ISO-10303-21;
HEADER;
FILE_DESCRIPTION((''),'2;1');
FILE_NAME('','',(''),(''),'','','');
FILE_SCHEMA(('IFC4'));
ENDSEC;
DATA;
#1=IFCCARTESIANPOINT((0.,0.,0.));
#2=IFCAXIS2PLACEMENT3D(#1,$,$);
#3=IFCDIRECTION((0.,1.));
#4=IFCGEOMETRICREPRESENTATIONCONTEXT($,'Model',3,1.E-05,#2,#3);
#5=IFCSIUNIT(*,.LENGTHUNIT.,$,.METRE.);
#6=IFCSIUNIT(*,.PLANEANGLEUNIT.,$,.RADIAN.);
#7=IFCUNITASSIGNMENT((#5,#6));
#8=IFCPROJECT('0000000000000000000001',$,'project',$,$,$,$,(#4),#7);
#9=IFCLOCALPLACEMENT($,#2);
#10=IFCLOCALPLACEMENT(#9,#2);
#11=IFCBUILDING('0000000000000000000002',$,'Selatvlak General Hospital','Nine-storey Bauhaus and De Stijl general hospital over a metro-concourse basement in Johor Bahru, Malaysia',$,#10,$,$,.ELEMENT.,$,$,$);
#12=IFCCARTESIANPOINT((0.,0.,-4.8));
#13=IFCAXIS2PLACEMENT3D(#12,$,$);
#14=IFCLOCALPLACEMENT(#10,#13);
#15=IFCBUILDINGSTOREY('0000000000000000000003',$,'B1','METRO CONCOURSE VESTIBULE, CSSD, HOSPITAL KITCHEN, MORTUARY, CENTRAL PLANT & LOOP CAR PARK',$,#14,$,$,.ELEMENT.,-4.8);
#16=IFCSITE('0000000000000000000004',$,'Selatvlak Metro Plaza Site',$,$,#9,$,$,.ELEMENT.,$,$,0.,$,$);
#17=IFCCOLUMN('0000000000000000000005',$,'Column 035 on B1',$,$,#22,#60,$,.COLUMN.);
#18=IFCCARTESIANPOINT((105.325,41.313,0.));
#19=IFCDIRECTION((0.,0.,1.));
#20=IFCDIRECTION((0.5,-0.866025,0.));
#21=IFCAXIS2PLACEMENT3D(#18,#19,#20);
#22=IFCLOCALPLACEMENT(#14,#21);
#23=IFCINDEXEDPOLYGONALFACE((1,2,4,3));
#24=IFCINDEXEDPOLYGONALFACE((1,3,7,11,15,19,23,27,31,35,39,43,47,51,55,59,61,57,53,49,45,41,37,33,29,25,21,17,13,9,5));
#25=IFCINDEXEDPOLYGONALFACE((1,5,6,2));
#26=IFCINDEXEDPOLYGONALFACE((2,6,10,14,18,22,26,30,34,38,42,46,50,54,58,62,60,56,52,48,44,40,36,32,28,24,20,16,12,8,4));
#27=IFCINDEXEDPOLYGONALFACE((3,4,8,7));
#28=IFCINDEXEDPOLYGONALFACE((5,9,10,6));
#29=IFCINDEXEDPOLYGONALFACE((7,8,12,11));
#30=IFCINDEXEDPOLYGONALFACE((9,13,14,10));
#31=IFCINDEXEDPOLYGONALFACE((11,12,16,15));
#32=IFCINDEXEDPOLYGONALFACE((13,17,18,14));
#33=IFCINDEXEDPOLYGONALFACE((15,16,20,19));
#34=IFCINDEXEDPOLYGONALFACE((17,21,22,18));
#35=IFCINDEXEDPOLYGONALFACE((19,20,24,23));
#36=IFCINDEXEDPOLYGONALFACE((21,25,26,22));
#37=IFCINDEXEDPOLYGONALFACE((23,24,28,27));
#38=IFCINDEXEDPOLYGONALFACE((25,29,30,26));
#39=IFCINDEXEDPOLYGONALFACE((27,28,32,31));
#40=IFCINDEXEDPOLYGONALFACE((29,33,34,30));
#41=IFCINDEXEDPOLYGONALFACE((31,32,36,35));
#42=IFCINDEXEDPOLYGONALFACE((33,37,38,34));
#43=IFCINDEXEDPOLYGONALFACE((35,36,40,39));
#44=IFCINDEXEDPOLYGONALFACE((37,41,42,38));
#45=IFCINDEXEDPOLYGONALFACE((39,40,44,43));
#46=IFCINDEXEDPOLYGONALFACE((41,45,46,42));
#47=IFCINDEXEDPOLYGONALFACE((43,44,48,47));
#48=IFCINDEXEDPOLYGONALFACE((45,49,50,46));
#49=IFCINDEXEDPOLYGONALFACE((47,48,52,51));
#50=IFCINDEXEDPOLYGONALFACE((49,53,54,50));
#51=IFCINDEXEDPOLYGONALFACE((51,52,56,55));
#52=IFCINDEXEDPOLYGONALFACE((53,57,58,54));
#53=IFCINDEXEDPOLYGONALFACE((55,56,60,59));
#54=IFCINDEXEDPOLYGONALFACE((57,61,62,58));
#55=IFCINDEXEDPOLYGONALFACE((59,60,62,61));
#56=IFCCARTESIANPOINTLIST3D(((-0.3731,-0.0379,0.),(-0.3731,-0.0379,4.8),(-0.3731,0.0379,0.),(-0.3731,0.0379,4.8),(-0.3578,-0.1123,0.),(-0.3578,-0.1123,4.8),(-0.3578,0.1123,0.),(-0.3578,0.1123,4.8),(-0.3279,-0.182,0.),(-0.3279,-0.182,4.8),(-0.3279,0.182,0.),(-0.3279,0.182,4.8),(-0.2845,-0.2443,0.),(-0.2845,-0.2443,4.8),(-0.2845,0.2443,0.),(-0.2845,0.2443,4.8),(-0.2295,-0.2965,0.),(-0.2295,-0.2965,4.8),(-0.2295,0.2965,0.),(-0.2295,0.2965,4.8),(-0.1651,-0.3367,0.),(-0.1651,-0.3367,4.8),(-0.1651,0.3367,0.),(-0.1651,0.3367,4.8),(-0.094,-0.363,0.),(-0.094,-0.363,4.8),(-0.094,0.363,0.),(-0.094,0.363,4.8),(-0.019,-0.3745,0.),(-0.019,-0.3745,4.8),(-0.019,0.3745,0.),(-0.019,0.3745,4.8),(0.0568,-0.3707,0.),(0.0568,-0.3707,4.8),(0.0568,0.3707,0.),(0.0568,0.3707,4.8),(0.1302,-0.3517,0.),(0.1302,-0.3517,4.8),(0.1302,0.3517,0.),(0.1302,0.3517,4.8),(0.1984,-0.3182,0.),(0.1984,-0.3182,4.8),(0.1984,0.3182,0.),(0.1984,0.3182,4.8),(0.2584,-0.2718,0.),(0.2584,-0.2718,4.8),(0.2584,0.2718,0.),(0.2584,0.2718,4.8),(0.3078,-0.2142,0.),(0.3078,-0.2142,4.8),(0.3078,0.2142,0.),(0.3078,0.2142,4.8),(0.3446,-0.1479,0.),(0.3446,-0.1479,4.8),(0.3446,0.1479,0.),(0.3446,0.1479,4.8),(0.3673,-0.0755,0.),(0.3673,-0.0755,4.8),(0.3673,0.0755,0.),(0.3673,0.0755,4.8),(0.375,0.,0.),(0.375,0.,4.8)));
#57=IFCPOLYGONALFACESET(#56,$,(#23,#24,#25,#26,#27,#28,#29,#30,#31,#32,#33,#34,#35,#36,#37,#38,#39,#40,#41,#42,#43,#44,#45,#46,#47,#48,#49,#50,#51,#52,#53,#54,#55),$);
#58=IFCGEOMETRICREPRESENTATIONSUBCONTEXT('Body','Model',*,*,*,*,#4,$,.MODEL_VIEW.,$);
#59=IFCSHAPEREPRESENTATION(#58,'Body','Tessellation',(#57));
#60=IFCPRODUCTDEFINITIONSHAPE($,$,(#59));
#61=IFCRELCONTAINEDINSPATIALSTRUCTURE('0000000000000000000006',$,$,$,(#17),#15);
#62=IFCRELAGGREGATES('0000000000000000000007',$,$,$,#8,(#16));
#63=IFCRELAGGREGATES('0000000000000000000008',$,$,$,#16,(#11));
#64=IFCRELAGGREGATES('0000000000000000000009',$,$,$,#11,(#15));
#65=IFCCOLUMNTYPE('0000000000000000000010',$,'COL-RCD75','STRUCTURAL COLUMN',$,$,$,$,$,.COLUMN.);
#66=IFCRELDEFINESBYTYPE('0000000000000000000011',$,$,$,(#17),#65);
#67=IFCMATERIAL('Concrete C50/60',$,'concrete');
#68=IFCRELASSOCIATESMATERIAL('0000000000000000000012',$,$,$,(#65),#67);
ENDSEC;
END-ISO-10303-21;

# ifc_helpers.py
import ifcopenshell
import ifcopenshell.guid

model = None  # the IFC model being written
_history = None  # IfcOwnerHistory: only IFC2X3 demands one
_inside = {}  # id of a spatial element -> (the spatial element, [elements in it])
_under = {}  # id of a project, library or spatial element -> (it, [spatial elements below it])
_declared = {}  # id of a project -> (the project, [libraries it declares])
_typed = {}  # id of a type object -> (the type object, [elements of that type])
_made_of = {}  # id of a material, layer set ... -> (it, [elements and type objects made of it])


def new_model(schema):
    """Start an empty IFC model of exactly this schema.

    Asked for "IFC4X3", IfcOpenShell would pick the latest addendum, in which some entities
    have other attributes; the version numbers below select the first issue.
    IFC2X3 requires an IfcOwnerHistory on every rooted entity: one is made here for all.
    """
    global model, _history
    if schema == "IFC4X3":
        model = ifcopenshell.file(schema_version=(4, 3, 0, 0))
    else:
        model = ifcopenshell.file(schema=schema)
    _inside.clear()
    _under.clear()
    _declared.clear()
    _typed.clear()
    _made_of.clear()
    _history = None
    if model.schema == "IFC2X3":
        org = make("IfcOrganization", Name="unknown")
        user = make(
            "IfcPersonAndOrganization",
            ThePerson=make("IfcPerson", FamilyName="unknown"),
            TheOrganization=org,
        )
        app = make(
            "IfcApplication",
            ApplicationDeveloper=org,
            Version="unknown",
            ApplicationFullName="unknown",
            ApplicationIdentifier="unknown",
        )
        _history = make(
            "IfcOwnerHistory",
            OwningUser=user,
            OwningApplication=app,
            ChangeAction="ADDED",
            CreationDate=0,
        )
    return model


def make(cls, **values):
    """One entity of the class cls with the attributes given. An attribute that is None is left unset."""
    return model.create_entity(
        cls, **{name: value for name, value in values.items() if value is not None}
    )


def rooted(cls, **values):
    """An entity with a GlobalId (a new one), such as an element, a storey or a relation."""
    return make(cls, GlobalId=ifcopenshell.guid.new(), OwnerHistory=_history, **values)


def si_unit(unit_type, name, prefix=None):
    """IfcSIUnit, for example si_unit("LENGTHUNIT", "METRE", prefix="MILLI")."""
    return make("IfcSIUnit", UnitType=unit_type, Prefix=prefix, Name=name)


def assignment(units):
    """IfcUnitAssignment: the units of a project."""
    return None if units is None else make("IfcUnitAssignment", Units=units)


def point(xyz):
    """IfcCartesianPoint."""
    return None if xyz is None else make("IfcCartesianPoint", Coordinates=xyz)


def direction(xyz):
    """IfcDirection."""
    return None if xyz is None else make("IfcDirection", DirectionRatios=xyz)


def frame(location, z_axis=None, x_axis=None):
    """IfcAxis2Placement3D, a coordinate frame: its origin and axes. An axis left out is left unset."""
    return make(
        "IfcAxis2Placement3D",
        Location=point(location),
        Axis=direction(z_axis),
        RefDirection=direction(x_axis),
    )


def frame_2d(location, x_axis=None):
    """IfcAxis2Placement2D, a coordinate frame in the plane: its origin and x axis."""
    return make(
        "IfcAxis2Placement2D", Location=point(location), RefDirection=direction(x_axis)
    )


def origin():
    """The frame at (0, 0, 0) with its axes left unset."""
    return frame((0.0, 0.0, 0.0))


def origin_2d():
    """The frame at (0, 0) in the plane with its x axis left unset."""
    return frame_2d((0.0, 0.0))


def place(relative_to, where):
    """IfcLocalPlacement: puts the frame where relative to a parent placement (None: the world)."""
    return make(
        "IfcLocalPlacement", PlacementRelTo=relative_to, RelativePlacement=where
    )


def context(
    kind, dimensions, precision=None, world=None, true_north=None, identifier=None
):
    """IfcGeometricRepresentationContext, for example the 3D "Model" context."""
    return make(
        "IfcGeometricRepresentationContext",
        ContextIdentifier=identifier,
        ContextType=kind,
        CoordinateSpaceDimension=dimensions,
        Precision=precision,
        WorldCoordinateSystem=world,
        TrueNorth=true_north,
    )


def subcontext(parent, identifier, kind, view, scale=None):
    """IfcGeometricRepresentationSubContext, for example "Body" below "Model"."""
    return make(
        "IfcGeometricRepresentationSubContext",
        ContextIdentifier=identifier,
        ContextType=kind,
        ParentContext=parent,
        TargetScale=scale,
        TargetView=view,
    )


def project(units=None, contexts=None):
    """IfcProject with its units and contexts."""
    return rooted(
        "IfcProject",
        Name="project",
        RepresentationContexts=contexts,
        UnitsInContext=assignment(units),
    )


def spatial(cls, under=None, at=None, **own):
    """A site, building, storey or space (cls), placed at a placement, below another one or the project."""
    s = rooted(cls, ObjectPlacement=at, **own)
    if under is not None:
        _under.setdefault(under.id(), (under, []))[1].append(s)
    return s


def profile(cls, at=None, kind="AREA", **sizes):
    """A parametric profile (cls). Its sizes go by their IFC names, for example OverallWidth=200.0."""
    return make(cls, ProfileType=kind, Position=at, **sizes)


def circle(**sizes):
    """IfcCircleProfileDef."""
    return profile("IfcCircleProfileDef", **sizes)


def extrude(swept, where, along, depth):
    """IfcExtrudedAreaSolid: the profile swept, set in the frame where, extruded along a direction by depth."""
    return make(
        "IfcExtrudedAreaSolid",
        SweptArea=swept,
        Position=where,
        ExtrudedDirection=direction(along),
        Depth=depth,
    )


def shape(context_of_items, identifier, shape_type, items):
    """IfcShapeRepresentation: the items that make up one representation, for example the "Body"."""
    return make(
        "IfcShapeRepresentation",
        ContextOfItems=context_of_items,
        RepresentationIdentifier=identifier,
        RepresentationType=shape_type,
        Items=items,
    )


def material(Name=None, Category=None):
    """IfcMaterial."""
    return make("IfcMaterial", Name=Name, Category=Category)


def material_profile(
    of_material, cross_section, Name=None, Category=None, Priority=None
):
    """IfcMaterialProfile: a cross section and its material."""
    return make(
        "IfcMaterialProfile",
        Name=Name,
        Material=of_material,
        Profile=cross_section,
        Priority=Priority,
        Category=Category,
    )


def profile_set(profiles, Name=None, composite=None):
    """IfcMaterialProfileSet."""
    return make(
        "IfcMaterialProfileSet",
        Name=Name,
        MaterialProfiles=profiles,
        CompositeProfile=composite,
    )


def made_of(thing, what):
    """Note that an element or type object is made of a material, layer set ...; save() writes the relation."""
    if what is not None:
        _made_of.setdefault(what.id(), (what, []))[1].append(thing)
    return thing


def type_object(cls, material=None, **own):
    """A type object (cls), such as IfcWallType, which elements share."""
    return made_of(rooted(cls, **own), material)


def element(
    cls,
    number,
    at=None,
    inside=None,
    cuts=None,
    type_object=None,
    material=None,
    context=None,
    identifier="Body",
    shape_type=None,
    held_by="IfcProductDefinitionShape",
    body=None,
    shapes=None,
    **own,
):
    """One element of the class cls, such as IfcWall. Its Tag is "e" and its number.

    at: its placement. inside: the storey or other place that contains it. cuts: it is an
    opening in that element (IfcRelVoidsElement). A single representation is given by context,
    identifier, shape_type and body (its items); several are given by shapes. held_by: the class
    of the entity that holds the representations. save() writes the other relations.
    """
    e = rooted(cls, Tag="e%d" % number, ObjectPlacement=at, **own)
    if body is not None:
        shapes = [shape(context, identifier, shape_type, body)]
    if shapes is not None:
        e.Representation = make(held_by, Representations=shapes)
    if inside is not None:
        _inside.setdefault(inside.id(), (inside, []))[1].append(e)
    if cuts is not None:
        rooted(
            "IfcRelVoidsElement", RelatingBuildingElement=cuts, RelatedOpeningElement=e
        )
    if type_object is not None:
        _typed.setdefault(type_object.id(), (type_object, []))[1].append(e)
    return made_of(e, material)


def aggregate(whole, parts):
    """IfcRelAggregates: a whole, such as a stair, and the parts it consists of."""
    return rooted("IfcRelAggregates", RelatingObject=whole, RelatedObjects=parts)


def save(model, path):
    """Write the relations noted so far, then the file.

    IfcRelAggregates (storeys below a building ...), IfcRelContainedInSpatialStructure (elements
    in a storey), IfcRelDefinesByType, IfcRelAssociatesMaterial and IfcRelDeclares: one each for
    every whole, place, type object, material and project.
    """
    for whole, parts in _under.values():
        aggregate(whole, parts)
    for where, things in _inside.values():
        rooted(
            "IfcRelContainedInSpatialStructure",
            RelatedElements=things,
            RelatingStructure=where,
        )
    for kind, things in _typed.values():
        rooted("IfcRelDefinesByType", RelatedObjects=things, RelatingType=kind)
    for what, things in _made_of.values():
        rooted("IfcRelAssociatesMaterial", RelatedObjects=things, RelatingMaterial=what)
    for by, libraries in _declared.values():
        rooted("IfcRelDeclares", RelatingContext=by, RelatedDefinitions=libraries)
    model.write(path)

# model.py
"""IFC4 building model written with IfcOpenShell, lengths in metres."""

from ifc_helpers import new_model, si_unit, direction, frame, origin, origin_2d, place, context, subcontext, project, spatial, circle, extrude, material, material_profile, profile_set, type_object, element, save


model = new_model("IFC4")

# Units and contexts
model_context = context("Model", 3, precision=1e-05, world=origin(), true_north=direction((0.0, 1.0)))
body_context = subcontext(model_context, "Body", "Model", "MODEL_VIEW")
ifc_project = project(units=[si_unit("LENGTHUNIT", "METRE"), si_unit("PLANEANGLEUNIT", "RADIAN")], contexts=[model_context])

# Site, building, storey
site_placement = place(None, origin())
site = spatial("IfcSite", under=ifc_project, at=site_placement, Name="Selatvlak Metro Plaza Site", CompositionType="ELEMENT", RefElevation=0.0)
building_placement = place(site_placement, origin())
building = spatial("IfcBuilding", under=site, at=building_placement, Name="Selatvlak General Hospital", Description="Nine-storey Bauhaus and De Stijl general hospital over a metro-concourse basement in Johor Bahru, Malaysia", CompositionType="ELEMENT")
storey_placement = place(building_placement, frame((0.0, 0.0, -4.8)))
storey = spatial("IfcBuildingStorey", under=building, at=storey_placement, Name="B1", Description="METRO CONCOURSE VESTIBULE, CSSD, HOSPITAL KITCHEN, MORTUARY, CENTRAL PLANT & LOOP CAR PARK", CompositionType="ELEMENT", Elevation=-4.8)

# Column
ifc_material_1 = material(Name="Concrete C50/60", Category="concrete")
ifc_material_profile_1 = material_profile(ifc_material_1, circle(Radius=0.375, at=origin_2d()), Name="RC-COL D750")
ifc_profile_set_1 = profile_set([ifc_material_profile_1], Name="Concrete C50/60")
column_type_1 = type_object("IfcColumnType", Name="COL-RCD75", Description="STRUCTURAL COLUMN", PredefinedType="COLUMN", material=ifc_profile_set_1)
for number, where, z_axis, x_axis, name in (
    (1, (105.325, 41.313, 0.0), (0.0, 0.0, 1.0), (0.5, -0.866025, 0.0), "Column 035 on B1"),
):
    element("IfcColumn", number, at=place(storey_placement, frame(where, z_axis=z_axis, x_axis=x_axis)), inside=storey, type_object=column_type_1, Name=name, PredefinedType="COLUMN", context=body_context, shape_type="SweptSolid", body=[
        extrude(circle(Radius=0.375, at=origin_2d()), origin(), (0.0, 0.0, 1.0), 4.8),
    ])

save(model, "model.ifc")
